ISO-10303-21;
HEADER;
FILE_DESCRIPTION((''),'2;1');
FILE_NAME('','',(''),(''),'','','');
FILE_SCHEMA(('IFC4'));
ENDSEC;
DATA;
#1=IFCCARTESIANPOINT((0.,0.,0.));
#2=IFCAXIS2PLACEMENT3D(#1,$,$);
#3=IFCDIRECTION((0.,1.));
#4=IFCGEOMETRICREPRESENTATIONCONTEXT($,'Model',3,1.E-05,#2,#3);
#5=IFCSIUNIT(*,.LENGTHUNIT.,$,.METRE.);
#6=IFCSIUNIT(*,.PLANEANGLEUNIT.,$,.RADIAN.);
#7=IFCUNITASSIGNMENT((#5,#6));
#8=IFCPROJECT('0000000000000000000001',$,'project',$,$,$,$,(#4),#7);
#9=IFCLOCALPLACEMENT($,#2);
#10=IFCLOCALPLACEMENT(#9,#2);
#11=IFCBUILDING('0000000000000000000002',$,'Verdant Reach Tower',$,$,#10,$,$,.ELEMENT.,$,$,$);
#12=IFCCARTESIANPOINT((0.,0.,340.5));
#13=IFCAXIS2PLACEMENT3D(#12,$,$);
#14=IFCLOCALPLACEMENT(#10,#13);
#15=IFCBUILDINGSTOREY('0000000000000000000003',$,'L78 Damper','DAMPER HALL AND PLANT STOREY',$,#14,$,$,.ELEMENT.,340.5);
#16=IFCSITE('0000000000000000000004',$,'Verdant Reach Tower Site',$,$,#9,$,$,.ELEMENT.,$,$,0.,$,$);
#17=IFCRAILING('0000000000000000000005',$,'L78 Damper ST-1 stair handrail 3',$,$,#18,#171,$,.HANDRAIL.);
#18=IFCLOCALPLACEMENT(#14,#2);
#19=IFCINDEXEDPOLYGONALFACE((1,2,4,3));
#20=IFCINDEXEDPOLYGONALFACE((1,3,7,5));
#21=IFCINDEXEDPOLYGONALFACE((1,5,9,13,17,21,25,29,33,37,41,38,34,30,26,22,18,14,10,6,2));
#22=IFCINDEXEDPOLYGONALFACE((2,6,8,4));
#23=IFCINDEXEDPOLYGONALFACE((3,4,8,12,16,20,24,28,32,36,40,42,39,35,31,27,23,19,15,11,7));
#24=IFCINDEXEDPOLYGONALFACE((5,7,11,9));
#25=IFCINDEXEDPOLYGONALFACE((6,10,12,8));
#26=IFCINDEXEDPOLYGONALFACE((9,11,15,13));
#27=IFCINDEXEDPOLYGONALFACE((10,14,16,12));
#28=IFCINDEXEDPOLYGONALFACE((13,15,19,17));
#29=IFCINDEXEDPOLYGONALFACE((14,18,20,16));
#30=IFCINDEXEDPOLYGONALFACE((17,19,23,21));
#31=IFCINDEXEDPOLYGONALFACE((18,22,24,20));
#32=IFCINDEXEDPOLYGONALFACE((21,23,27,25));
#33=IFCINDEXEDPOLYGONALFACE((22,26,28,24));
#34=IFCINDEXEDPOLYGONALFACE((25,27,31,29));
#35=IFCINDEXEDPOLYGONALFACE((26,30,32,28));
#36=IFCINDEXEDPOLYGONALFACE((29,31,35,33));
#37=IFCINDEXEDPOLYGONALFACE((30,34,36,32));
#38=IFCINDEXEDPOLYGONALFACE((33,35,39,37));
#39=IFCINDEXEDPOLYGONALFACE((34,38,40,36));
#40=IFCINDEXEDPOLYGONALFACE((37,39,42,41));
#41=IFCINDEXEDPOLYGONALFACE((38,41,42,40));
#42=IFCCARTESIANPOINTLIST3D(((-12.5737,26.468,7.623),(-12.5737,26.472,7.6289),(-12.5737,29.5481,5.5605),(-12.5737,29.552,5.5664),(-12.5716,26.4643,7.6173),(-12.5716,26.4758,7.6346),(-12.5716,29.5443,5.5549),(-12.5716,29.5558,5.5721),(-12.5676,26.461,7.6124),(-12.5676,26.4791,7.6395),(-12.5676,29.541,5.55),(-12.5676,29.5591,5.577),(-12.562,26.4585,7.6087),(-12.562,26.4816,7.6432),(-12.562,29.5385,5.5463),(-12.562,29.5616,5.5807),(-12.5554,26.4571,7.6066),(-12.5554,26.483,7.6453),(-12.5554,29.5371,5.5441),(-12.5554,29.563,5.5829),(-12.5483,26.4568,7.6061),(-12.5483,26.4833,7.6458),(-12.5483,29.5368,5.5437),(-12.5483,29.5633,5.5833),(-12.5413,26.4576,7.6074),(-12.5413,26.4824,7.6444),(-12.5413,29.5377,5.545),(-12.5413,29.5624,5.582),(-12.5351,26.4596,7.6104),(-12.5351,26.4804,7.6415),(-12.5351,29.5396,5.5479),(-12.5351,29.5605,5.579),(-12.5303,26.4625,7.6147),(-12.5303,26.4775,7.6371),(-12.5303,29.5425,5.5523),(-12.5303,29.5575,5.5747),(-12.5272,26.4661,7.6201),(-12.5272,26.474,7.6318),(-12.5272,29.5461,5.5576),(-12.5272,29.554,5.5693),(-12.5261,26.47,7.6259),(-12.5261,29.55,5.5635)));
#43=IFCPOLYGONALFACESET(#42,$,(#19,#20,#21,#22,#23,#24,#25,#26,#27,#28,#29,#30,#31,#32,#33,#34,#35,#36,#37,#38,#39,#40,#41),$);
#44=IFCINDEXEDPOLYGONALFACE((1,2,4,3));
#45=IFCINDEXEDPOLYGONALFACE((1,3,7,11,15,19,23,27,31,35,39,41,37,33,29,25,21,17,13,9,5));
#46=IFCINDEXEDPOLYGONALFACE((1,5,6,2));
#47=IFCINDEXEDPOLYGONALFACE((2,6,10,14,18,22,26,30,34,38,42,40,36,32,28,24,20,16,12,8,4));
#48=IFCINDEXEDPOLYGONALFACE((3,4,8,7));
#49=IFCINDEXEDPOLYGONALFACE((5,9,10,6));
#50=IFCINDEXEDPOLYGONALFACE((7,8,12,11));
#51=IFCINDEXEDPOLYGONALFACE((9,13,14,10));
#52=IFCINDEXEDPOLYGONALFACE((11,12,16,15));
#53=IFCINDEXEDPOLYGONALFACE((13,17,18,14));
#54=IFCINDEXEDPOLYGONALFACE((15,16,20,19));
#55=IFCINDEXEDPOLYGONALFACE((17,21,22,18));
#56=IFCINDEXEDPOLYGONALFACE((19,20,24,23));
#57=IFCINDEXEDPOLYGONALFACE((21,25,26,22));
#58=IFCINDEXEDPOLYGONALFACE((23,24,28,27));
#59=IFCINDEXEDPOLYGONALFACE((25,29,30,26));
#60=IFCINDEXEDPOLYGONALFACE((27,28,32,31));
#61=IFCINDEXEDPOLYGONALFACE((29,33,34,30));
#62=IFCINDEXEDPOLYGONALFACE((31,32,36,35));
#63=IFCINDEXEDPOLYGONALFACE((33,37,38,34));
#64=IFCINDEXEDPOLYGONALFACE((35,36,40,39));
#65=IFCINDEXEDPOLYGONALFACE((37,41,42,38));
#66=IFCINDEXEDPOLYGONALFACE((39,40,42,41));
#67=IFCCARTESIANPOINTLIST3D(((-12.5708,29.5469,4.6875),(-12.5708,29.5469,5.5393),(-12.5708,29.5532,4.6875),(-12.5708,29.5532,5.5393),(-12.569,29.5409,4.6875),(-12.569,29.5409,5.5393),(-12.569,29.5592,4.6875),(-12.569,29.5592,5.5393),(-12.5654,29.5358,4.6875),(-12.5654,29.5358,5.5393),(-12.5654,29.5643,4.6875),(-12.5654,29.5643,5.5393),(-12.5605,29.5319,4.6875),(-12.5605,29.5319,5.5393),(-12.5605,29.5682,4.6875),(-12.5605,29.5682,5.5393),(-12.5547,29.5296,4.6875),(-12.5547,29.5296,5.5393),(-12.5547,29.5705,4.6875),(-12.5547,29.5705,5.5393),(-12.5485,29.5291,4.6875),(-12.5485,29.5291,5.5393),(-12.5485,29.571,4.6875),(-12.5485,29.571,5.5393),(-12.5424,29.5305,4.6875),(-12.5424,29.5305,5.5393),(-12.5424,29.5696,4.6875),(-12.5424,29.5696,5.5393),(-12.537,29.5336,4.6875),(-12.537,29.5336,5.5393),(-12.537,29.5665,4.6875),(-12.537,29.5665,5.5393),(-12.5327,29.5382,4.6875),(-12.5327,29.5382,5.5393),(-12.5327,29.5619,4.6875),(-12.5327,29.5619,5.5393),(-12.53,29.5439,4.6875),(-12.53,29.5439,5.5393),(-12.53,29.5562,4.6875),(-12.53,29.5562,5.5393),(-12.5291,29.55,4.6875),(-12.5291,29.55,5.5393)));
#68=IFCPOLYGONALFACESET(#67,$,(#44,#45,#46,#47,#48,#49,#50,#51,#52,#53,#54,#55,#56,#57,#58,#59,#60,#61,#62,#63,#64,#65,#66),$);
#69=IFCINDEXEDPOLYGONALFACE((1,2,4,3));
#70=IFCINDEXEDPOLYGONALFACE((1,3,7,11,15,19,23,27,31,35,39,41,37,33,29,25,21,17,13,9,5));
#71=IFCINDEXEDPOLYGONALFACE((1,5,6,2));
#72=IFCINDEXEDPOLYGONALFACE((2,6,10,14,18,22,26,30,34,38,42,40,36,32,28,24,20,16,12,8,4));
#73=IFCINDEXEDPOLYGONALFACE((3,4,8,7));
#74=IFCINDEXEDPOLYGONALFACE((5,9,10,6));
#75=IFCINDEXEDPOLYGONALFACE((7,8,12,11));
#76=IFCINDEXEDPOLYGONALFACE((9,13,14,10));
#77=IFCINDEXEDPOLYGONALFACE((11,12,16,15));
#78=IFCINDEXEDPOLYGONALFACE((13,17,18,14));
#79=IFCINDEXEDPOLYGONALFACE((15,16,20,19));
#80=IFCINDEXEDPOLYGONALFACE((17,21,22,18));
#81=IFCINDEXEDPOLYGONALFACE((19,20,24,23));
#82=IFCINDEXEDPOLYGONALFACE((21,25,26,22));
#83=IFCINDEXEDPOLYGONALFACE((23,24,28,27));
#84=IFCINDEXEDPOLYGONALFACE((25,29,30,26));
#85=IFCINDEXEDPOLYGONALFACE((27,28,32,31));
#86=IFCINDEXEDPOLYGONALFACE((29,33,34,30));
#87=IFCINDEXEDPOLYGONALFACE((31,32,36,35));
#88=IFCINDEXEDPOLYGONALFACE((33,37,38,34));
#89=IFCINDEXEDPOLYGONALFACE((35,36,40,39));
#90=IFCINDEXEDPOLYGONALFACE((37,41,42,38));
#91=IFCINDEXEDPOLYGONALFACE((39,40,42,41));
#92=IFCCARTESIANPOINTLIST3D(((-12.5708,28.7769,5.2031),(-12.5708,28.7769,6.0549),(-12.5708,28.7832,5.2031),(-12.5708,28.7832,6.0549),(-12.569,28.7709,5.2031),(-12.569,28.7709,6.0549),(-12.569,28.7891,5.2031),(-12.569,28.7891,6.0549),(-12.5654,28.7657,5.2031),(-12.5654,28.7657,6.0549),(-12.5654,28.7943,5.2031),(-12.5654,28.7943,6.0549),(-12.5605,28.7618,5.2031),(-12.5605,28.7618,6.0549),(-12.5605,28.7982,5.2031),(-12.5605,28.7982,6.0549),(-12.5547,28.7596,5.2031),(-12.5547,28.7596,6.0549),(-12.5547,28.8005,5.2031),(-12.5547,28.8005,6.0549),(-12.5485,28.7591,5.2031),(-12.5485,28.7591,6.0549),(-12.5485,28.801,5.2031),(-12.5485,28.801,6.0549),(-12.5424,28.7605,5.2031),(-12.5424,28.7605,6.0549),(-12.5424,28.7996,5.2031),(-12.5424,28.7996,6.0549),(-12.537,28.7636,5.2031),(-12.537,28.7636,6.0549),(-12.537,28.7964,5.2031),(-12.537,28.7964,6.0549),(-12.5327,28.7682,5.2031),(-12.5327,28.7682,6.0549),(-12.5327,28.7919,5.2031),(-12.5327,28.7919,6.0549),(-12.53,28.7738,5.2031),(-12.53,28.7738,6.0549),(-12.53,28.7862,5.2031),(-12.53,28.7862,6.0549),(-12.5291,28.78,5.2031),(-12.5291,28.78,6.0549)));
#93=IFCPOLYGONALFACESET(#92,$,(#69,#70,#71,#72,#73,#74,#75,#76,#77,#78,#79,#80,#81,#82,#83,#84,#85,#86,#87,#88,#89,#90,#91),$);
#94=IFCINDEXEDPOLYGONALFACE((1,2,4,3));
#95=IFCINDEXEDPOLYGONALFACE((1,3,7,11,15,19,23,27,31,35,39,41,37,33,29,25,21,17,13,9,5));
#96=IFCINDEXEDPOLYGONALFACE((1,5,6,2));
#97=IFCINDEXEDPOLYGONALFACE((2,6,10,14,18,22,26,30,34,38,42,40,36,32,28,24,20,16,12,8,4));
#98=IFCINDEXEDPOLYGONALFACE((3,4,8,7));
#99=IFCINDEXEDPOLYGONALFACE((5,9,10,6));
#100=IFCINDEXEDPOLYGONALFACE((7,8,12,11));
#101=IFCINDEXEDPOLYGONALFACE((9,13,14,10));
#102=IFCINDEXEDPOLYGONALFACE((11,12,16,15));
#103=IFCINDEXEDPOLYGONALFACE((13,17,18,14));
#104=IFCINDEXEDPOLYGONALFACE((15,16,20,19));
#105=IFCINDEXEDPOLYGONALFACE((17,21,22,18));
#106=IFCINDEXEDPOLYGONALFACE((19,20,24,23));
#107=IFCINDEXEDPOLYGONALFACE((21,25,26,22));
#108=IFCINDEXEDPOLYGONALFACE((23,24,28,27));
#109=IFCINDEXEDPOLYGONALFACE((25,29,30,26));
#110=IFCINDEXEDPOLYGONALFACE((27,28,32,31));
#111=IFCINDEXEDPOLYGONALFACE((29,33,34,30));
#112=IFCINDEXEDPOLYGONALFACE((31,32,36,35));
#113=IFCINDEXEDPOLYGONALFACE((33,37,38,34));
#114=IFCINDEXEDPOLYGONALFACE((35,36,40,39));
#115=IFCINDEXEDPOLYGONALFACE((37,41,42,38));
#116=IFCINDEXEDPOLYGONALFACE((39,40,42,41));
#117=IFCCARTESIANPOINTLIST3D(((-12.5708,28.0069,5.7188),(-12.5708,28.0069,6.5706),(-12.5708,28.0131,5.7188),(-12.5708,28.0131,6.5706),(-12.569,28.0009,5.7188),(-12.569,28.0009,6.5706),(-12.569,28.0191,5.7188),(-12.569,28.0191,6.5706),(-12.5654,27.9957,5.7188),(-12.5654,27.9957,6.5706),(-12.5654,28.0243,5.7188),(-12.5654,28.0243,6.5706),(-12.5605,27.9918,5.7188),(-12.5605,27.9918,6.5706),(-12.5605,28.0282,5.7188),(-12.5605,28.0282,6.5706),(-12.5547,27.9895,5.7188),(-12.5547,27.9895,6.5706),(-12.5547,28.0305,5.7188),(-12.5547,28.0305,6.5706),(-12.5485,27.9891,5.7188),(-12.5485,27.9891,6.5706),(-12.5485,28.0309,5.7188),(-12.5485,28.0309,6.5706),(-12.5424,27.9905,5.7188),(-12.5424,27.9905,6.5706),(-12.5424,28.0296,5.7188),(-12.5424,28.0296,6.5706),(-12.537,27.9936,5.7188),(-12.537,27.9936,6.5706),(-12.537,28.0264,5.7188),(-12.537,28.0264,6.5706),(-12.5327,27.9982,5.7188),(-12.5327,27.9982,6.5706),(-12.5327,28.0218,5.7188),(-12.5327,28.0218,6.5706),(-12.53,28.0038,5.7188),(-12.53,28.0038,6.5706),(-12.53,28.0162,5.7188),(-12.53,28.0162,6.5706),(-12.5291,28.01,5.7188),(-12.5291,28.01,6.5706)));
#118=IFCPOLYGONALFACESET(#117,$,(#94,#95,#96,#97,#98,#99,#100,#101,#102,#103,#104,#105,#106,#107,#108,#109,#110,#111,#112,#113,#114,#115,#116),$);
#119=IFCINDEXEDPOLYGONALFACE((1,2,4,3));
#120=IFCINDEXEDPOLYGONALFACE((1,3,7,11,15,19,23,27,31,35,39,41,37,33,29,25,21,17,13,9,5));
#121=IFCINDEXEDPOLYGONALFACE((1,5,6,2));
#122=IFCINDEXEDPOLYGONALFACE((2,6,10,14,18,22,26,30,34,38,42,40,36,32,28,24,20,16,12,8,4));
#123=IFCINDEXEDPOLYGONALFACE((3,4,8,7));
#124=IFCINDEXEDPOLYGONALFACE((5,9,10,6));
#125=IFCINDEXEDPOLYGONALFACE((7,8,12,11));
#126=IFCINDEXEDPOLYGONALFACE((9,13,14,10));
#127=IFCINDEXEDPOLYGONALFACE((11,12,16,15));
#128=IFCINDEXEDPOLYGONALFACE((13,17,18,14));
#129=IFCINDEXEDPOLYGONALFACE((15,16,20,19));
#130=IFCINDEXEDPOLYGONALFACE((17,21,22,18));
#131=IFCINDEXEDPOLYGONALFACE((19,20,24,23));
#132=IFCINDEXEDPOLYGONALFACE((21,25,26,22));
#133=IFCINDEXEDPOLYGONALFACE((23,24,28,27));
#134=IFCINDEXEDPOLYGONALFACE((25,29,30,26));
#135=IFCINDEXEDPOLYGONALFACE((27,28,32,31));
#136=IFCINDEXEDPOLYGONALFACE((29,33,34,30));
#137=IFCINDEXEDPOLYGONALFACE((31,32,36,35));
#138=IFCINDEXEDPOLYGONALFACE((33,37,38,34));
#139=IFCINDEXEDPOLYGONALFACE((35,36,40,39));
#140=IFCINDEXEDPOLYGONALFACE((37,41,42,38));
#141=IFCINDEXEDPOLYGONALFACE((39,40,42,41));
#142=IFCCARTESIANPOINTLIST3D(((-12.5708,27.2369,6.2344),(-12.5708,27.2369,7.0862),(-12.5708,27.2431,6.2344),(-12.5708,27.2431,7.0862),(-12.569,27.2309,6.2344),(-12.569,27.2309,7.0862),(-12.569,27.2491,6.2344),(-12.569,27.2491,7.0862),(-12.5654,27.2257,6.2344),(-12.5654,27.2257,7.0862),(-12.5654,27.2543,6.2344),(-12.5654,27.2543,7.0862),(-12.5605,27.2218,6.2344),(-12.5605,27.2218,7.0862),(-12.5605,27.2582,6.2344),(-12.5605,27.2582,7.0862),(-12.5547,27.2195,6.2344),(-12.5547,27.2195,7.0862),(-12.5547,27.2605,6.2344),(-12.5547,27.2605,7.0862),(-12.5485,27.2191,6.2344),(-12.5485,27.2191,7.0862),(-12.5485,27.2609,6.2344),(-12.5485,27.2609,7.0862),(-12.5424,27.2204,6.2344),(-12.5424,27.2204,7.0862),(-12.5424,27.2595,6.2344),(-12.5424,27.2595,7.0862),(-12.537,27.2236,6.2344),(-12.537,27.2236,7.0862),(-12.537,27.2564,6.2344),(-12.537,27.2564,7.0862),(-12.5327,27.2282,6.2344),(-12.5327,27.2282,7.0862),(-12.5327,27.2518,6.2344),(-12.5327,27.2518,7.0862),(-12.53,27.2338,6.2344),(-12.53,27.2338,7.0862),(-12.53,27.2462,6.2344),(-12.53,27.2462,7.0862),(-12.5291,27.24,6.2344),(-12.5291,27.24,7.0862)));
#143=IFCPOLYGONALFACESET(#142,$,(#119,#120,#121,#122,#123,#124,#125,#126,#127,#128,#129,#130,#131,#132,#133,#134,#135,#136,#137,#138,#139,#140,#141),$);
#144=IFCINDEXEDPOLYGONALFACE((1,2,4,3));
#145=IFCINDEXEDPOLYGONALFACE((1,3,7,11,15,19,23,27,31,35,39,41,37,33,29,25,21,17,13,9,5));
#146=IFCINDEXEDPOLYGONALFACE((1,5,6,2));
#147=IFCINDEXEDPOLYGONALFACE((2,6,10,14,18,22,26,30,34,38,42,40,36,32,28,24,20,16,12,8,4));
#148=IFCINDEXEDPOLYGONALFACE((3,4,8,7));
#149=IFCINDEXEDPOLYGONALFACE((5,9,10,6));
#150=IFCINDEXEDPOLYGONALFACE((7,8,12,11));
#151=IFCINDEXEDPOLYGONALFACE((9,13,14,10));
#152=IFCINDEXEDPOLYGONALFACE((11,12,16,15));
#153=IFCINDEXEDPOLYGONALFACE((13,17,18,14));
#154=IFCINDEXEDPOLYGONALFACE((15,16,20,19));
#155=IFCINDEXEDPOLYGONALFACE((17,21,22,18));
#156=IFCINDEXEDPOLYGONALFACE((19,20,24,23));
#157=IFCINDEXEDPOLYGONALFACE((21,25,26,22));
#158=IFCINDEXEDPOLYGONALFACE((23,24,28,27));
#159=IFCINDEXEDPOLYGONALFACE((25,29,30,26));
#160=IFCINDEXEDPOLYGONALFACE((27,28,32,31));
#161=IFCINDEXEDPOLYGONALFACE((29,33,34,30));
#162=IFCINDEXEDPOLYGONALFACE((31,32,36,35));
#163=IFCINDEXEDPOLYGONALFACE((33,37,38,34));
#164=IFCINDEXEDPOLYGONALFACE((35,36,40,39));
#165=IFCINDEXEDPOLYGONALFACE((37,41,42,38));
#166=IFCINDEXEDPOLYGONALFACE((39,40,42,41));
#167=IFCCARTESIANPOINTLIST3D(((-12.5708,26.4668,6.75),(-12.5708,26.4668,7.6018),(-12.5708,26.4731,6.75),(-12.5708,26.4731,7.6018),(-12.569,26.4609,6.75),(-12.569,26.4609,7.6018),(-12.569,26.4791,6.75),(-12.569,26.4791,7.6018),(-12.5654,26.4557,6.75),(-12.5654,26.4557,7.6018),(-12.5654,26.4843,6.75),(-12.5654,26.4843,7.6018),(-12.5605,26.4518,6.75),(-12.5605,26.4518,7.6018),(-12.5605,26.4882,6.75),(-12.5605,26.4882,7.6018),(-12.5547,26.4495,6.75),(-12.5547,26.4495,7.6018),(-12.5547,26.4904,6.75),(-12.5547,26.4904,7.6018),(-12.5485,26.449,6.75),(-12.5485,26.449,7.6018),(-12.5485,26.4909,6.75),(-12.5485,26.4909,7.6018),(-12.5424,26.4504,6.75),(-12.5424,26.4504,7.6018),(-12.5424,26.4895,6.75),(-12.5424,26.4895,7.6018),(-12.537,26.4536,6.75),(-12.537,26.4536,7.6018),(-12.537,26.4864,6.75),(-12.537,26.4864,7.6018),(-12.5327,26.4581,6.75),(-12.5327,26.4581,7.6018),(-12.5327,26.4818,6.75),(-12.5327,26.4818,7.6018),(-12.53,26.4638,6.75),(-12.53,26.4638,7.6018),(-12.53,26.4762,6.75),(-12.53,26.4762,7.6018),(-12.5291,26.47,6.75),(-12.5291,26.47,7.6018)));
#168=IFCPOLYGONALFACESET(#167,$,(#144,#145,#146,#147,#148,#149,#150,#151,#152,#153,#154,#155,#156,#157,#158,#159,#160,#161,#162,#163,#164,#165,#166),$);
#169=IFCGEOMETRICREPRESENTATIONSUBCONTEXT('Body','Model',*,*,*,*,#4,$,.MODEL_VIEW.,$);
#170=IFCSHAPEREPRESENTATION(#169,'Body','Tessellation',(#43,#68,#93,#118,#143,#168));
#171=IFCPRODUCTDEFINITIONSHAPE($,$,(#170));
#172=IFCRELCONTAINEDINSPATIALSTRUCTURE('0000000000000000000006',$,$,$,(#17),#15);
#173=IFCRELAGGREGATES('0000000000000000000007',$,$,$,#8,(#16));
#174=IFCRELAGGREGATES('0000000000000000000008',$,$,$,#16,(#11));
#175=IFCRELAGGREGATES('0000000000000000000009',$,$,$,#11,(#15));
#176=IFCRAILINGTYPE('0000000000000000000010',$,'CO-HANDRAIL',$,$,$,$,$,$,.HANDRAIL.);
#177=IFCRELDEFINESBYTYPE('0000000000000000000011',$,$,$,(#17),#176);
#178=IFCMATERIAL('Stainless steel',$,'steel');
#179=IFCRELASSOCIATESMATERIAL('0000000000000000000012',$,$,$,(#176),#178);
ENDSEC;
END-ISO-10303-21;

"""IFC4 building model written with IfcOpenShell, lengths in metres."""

from ifc_helpers import new_model, si_unit, direction, frame, origin, origin_2d, place, context, subcontext, project, spatial, circle, extrude, material, type_object, element, save


model = new_model("IFC4")

# Units and contexts
model_context = context("Model", 3, precision=1e-05, world=origin(), true_north=direction((0.0, 1.0)))
body_context = subcontext(model_context, "Body", "Model", "MODEL_VIEW")
ifc_project = project(units=[si_unit("LENGTHUNIT", "METRE"), si_unit("PLANEANGLEUNIT", "RADIAN")], contexts=[model_context])

# Site, building, storey
site_placement = place(None, origin())
site = spatial("IfcSite", under=ifc_project, at=site_placement, Name="Verdant Reach Tower Site", CompositionType="ELEMENT", RefElevation=0.0)
building_placement = place(site_placement, origin())
building = spatial("IfcBuilding", under=site, at=building_placement, Name="Verdant Reach Tower", CompositionType="ELEMENT")
storey_placement = place(building_placement, frame((0.0, 0.0, 340.5)))
storey = spatial("IfcBuildingStorey", under=building, at=storey_placement, Name="L78 Damper", Description="DAMPER HALL AND PLANT STOREY", CompositionType="ELEMENT", Elevation=340.5)

# Shared definitions
ifc_material_1 = material(Name="Stainless steel", Category="steel")

# Railing
railing_type_1 = type_object("IfcRailingType", Name="CO-HANDRAIL", PredefinedType="HANDRAIL", material=ifc_material_1)
for number, where, name in (
    (1, (-12.55, 29.55, 4.6875), "L78 Damper ST-1 stair handrail 3"),
):
    element("IfcRailing", number, at=place(storey_placement, frame(where)), inside=storey, type_object=railing_type_1, Name=name, PredefinedType="HANDRAIL", context=body_context, shape_type="SweptSolid", body=[
        extrude(circle(Radius=0.0239, at=origin_2d()), frame((0.0, 0.0, 0.876), z_axis=(0.0, -0.830914, 0.556401), x_axis=(1.0, 0.0, 0.0)), (0.0, 0.0, 1.0), 3.7068),
        extrude(circle(Radius=0.021, at=origin_2d()), origin(), (0.0, 0.0, 1.0), 0.8518),
        extrude(circle(Radius=0.021, at=origin_2d()), frame((0.0, -0.77, 0.5156)), (0.0, 0.0, 1.0), 0.8518),
        extrude(circle(Radius=0.021, at=origin_2d()), frame((0.0, -1.54, 1.0312)), (0.0, 0.0, 1.0), 0.8518),
        extrude(circle(Radius=0.021, at=origin_2d()), frame((0.0, -2.3101, 1.5469)), (0.0, 0.0, 1.0), 0.8518),
        extrude(circle(Radius=0.021, at=origin_2d()), frame((0.0, -3.0801, 2.0625)), (0.0, 0.0, 1.0), 0.8518),
    ])

save(model, "model.ifc")
